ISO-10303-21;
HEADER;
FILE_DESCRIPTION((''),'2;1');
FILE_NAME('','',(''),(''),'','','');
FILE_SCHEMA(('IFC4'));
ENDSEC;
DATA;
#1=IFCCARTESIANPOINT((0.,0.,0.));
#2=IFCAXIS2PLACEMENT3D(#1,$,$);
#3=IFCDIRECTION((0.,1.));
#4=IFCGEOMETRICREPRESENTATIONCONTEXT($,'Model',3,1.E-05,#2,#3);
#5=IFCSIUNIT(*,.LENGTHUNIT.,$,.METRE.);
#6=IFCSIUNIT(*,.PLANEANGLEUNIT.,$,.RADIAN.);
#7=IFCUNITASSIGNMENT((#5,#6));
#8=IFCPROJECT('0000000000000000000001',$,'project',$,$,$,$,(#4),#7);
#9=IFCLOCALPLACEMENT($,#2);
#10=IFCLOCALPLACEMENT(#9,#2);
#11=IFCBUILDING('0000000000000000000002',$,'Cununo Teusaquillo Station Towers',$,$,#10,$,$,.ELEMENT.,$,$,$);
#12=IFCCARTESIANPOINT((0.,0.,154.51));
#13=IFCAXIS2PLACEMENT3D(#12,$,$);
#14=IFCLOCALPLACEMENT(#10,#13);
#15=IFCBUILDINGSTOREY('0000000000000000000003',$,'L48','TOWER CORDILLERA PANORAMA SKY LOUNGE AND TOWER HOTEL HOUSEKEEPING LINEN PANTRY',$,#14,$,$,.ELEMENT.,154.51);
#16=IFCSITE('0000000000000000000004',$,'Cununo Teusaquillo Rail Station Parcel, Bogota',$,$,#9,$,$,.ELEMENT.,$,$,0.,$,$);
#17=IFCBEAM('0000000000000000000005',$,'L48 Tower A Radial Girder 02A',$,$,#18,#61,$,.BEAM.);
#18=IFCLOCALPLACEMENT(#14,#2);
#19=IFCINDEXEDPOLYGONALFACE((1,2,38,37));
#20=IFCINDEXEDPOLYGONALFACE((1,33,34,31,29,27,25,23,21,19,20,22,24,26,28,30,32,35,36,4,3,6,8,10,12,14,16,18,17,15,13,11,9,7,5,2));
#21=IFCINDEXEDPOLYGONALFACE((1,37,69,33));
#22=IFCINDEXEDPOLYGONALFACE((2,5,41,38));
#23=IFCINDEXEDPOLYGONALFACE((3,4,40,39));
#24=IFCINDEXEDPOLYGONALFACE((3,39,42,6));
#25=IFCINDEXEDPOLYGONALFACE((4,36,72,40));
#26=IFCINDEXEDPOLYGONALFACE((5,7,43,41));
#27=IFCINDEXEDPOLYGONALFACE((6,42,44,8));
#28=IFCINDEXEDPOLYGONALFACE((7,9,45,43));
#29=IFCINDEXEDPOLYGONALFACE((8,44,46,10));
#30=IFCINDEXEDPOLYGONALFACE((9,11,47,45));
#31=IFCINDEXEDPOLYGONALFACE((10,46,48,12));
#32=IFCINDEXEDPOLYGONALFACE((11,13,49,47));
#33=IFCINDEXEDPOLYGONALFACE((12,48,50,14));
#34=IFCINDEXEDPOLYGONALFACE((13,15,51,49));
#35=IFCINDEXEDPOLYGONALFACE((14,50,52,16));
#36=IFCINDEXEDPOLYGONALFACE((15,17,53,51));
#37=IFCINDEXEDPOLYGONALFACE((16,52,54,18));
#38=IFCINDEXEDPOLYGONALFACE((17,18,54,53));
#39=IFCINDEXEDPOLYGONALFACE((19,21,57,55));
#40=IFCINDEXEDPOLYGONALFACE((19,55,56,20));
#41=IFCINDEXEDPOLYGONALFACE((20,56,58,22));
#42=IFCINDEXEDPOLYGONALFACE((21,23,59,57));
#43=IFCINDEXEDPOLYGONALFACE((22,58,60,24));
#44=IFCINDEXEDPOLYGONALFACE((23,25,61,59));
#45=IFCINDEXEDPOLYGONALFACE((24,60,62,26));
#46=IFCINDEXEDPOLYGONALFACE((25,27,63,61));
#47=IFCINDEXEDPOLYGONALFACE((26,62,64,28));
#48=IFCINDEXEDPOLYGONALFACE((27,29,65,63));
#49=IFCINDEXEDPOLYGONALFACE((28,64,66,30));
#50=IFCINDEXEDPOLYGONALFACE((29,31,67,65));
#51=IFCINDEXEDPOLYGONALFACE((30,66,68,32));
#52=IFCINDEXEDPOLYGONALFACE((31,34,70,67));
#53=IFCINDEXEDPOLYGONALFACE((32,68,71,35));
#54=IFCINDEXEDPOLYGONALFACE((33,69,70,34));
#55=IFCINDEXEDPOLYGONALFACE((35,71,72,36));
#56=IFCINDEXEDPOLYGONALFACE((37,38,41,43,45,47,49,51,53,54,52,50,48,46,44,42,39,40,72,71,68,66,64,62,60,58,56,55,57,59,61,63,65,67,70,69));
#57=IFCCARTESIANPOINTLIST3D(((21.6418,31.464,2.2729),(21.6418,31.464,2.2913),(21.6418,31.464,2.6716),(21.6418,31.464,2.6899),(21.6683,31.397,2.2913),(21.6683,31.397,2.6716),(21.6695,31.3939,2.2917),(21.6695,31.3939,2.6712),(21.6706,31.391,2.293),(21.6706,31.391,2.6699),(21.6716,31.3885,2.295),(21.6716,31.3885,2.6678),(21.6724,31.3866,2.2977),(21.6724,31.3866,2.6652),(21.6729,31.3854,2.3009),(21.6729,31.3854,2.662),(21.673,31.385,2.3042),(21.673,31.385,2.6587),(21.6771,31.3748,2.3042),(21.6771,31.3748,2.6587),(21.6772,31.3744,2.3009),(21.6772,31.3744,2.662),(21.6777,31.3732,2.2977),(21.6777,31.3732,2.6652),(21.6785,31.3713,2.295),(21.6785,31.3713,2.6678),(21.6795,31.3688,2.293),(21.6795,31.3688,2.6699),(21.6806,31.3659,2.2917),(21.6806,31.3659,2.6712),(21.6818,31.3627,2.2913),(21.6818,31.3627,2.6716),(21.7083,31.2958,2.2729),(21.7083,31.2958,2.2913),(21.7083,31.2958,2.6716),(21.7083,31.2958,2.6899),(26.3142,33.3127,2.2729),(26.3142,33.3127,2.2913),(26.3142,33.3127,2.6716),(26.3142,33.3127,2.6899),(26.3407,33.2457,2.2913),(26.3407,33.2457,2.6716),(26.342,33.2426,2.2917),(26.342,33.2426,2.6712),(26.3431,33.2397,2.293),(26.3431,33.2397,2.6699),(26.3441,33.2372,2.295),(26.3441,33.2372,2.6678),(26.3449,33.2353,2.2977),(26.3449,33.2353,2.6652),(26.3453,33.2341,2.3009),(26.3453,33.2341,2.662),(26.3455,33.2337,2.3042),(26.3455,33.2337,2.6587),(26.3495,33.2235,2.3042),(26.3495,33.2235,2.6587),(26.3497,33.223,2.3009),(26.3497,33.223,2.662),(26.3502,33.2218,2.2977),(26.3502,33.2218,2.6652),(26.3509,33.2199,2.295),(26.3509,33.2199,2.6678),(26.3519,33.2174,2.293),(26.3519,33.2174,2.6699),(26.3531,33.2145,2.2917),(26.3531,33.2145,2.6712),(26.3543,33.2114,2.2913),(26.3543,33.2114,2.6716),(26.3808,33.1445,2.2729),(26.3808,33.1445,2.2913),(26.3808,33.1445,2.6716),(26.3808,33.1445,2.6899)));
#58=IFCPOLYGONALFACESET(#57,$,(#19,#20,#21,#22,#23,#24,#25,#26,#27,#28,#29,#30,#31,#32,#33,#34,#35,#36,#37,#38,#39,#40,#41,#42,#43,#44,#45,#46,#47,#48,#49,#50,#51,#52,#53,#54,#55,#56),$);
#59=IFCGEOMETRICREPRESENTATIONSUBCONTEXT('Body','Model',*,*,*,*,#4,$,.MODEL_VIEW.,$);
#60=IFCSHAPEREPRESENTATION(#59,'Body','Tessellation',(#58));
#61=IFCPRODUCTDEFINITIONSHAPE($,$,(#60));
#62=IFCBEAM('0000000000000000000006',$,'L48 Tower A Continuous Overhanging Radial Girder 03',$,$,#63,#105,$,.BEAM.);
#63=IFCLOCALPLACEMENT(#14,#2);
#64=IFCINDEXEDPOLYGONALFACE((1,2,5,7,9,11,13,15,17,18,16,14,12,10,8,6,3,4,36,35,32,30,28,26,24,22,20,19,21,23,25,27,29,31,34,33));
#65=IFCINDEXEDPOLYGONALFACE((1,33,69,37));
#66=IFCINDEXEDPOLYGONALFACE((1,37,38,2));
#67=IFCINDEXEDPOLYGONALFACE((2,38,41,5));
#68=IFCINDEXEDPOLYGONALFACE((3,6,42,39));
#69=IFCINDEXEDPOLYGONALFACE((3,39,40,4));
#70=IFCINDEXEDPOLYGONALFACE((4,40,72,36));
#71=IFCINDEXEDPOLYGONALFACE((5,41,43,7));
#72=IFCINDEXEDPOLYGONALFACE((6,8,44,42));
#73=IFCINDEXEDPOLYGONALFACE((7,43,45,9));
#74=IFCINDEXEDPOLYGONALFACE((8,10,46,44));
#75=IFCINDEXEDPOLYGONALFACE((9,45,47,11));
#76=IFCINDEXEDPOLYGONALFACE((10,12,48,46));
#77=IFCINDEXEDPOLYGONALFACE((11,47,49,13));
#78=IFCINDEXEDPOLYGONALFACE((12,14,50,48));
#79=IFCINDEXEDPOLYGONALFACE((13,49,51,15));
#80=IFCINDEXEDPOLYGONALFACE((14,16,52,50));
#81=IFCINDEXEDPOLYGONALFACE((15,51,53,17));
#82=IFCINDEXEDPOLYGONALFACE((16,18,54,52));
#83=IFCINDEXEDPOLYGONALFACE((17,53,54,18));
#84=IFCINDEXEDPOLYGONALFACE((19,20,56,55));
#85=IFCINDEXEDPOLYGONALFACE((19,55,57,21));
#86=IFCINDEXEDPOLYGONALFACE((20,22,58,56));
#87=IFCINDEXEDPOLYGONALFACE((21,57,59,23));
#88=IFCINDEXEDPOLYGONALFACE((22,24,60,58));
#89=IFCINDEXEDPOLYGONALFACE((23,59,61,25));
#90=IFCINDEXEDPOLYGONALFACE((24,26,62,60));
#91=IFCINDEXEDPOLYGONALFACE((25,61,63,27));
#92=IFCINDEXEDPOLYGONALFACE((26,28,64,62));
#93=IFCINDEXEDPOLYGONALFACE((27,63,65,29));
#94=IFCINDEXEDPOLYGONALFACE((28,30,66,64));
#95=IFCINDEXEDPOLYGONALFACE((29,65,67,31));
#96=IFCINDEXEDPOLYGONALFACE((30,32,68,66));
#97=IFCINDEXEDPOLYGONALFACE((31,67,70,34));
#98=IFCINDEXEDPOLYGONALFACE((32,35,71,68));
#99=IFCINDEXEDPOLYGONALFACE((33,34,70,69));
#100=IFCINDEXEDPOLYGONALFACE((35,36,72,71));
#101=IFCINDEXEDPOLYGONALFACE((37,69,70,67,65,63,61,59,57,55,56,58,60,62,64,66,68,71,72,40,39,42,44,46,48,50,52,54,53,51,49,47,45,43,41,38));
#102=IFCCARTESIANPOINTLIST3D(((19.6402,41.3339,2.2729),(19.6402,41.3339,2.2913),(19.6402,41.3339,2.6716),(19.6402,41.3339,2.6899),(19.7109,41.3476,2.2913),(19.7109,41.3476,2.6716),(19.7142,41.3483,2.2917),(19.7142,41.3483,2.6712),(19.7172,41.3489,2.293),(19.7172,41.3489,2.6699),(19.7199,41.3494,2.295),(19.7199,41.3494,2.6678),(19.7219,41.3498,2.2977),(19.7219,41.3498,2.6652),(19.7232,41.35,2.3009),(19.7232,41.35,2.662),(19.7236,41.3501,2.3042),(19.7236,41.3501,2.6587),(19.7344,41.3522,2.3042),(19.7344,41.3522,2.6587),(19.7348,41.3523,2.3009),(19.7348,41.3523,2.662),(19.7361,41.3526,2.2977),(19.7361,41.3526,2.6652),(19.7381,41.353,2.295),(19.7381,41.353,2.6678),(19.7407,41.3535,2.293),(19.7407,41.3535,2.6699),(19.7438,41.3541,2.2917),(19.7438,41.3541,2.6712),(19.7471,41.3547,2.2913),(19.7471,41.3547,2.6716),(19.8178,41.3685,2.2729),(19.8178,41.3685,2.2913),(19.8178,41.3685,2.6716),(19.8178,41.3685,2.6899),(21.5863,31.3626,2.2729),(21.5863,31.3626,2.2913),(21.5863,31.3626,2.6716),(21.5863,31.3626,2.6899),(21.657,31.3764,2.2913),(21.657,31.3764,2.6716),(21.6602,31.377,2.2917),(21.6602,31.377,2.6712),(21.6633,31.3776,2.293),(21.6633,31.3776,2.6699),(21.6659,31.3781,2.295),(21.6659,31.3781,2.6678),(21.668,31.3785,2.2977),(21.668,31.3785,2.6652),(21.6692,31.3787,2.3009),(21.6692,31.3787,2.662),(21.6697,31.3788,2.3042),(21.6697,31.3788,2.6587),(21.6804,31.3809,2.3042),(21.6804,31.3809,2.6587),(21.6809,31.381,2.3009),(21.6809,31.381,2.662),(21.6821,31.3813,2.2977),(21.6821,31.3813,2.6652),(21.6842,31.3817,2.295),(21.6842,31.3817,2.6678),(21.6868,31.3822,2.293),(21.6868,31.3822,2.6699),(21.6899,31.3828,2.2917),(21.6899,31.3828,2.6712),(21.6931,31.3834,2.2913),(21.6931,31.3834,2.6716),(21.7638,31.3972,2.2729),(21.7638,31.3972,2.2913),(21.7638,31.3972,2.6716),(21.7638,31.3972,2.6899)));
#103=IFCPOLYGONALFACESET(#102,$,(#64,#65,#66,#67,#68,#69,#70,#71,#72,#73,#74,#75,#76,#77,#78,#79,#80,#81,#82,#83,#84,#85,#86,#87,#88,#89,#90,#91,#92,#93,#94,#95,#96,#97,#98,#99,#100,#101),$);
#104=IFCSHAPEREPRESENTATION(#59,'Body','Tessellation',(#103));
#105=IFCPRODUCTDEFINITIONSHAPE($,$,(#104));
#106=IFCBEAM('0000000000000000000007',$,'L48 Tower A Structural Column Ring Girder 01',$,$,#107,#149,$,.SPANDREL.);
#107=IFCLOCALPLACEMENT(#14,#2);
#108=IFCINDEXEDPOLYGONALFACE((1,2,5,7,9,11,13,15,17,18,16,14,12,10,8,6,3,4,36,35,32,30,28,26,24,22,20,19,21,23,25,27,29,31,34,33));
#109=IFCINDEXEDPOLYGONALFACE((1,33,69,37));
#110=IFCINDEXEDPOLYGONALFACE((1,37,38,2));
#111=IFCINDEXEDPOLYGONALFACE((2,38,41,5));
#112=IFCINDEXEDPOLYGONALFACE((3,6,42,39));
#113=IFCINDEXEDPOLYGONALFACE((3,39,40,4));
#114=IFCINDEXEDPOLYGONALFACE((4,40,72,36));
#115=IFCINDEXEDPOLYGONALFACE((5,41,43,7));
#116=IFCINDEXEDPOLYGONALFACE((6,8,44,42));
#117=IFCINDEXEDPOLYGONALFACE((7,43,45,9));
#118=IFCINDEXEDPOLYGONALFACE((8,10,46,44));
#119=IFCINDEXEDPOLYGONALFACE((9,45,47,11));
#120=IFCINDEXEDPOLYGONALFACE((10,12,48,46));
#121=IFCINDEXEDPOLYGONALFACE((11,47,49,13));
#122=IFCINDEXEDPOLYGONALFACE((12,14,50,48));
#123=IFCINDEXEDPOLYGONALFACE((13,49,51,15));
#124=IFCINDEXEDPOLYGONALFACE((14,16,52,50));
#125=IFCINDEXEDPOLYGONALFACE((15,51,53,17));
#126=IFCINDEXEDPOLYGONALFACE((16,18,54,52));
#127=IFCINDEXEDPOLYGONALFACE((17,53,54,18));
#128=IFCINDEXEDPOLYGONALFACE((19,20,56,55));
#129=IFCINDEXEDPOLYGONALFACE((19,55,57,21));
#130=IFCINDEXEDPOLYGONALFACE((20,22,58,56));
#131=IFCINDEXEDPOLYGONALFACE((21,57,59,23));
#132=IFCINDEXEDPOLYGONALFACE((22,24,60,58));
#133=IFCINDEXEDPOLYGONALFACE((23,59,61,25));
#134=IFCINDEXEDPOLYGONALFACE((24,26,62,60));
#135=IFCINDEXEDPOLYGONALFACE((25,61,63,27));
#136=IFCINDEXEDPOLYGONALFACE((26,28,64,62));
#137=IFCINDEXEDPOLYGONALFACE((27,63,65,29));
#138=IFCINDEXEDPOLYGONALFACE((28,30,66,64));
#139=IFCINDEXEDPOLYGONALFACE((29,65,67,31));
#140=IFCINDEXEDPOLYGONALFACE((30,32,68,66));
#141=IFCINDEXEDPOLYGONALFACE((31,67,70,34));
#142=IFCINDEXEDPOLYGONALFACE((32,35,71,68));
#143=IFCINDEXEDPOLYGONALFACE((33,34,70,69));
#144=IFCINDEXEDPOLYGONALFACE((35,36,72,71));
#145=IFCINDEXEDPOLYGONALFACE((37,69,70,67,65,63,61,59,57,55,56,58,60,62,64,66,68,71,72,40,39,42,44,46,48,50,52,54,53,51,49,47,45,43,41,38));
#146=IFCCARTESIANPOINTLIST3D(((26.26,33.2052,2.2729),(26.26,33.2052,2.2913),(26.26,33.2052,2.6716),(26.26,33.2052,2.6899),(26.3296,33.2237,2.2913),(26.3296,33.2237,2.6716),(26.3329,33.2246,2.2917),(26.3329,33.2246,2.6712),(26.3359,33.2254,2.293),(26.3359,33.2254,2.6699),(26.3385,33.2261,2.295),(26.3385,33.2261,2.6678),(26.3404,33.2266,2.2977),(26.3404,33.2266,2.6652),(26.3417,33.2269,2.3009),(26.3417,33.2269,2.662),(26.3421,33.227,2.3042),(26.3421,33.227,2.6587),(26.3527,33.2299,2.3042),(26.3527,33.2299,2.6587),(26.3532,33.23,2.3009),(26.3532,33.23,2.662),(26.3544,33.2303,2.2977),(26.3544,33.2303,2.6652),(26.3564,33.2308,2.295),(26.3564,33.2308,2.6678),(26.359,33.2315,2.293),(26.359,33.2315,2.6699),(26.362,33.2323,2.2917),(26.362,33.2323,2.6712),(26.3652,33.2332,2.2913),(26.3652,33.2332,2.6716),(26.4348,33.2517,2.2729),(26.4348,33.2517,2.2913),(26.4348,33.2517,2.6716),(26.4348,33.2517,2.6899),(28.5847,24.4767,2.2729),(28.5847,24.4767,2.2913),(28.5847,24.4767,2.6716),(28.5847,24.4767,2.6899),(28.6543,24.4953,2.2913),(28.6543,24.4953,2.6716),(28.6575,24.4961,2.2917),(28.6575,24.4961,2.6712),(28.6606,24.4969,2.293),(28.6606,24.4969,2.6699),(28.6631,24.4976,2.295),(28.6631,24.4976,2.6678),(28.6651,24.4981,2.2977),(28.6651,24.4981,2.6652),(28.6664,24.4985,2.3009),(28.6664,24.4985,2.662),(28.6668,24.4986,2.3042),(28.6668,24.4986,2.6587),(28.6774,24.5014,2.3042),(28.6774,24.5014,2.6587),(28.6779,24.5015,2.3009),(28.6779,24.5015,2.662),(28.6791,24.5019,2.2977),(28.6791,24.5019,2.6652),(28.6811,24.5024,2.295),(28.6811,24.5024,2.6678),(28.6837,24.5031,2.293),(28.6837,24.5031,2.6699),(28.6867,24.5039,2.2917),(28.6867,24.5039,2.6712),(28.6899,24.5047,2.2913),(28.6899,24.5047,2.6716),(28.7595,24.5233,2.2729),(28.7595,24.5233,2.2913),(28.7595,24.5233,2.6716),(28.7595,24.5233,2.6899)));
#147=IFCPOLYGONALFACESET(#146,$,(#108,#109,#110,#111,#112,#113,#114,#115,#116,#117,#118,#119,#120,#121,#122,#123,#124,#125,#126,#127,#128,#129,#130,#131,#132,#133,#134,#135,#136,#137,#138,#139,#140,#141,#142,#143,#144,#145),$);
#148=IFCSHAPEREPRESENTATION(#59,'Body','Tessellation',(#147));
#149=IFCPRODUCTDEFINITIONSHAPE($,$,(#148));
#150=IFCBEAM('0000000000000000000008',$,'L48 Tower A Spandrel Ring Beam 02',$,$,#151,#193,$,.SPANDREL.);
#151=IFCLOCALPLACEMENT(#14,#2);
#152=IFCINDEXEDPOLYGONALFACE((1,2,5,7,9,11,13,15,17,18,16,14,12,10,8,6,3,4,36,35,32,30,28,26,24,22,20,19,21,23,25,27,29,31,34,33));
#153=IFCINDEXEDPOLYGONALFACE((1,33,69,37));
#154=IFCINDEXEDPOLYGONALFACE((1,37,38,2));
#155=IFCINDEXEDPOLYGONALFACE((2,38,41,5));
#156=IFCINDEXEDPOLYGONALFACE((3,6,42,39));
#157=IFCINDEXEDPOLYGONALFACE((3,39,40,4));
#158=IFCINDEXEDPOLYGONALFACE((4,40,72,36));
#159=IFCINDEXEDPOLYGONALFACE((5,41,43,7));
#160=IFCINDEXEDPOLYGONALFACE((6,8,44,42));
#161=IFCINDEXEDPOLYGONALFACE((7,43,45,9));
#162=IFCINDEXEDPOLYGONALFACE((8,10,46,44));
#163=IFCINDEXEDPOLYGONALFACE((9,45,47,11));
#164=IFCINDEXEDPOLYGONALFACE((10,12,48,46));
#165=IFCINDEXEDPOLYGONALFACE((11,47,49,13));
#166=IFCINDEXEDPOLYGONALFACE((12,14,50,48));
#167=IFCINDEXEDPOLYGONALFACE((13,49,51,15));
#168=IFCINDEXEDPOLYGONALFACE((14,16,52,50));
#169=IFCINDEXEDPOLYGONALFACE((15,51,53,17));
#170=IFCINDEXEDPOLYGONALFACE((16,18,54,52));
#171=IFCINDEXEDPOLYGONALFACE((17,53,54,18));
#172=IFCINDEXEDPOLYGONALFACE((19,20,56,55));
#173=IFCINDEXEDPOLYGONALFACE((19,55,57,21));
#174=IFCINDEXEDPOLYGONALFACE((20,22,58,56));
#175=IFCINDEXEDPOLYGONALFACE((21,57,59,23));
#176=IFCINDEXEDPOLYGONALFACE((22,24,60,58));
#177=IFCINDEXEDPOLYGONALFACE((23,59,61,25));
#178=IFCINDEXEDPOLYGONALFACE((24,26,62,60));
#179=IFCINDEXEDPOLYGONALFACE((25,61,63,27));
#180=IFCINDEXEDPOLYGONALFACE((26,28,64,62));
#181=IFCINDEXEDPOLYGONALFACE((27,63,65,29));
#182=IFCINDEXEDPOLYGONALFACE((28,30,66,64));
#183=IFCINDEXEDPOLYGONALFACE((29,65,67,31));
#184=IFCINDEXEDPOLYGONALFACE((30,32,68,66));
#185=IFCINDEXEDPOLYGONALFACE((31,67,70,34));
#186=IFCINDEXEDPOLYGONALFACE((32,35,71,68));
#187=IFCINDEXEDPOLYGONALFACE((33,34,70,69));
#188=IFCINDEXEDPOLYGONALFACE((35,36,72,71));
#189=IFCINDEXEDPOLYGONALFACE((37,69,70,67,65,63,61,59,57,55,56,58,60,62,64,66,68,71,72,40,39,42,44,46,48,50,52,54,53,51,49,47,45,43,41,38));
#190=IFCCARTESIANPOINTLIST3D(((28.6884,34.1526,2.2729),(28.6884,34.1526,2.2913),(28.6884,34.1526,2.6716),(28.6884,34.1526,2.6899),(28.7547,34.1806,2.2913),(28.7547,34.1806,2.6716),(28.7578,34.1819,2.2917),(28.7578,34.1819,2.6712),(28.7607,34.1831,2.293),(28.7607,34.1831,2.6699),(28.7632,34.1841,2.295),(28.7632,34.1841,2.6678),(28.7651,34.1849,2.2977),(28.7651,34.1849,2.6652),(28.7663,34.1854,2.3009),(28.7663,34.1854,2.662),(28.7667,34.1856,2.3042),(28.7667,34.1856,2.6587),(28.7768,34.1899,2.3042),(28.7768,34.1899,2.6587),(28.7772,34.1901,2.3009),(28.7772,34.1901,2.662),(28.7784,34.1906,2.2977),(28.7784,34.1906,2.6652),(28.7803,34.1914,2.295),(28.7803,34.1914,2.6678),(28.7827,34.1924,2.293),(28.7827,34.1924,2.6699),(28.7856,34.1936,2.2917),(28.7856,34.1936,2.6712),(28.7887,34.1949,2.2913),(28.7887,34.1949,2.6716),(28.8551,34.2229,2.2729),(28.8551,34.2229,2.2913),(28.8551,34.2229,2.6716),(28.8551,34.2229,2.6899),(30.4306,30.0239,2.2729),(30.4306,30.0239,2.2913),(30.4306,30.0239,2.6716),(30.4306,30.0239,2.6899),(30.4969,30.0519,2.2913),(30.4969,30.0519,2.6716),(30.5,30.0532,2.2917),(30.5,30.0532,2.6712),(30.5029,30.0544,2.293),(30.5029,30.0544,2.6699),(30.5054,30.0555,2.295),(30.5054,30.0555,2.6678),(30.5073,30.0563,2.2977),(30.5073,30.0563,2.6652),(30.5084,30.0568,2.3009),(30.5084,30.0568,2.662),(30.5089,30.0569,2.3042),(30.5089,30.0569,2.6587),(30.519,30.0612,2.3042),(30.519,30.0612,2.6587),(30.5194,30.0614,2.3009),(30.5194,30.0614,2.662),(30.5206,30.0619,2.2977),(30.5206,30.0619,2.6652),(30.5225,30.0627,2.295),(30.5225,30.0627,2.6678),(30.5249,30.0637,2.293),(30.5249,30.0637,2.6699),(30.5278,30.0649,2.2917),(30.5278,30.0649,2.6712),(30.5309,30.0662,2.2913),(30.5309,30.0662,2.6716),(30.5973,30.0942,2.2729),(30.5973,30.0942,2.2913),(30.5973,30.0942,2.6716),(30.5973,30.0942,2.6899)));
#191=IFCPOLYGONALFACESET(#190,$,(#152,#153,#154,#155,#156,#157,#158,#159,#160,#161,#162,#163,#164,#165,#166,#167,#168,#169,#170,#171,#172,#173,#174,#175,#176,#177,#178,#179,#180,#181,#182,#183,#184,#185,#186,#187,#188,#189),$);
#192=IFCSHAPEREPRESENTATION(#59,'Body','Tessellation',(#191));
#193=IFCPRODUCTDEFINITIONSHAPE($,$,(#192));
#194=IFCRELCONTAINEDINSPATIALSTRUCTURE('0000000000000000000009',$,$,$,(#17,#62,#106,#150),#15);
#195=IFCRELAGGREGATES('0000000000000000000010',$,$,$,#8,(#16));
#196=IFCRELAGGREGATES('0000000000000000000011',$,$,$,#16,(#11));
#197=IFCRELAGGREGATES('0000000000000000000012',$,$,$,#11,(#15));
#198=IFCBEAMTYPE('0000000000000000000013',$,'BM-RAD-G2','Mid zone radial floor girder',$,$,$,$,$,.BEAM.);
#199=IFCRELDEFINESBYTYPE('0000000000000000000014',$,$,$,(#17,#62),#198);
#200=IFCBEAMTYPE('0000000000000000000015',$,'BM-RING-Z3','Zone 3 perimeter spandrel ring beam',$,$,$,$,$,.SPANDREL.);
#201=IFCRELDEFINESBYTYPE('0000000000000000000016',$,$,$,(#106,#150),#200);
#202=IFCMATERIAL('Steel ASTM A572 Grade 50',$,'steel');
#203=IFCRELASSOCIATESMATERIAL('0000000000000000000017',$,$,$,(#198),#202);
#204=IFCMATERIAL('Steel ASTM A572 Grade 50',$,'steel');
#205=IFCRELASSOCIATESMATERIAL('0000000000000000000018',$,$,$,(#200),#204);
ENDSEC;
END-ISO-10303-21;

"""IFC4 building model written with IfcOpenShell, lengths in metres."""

from ifc_helpers import new_model, si_unit, direction, frame, origin, origin_2d, place, context, subcontext, project, spatial, i_section, extrude, material, material_profile, profile_set, type_object, element, save


model = new_model("IFC4")

# Units and contexts
model_context = context("Model", 3, precision=1e-05, world=origin(), true_north=direction((0.0, 1.0)))
body_context = subcontext(model_context, "Body", "Model", "MODEL_VIEW")
ifc_project = project(units=[si_unit("LENGTHUNIT", "METRE"), si_unit("PLANEANGLEUNIT", "RADIAN")], contexts=[model_context])

# Site, building, storey
site_placement = place(None, origin())
site = spatial("IfcSite", under=ifc_project, at=site_placement, Name="Cununo Teusaquillo Rail Station Parcel, Bogota", CompositionType="ELEMENT", RefElevation=0.0)
building_placement = place(site_placement, origin())
building = spatial("IfcBuilding", under=site, at=building_placement, Name="Cununo Teusaquillo Station Towers", CompositionType="ELEMENT")
storey_placement = place(building_placement, frame((0.0, 0.0, 154.51)))
storey = spatial("IfcBuildingStorey", under=building, at=storey_placement, Name="L48", Description="TOWER CORDILLERA PANORAMA SKY LOUNGE AND TOWER HOTEL HOUSEKEEPING LINEN PANTRY", CompositionType="ELEMENT", Elevation=154.51)

# Beams
ifc_material_1 = material(Name="Steel ASTM A572 Grade 50", Category="steel")
ifc_material_profile_1 = material_profile(ifc_material_1, i_section(OverallWidth=0.1809, OverallDepth=0.417, WebThickness=0.011, FlangeThickness=0.0183, FilletRadius=0.0129, at=origin_2d()), Name="W16X57")
ifc_profile_set_1 = profile_set([ifc_material_profile_1], Name="Steel ASTM A572 Grade 50")
beam_type_1 = type_object("IfcBeamType", Name="BM-RAD-G2", Description="Mid zone radial floor girder", PredefinedType="BEAM", material=ifc_profile_set_1)
beam_1_placement = place(storey_placement, frame((21.675, 31.3799, 2.4814), z_axis=(0.929864, 0.367903, 0.0), x_axis=(-0.367903, 0.929864, 0.0)))
element("IfcBeam", 1, at=beam_1_placement, inside=storey, type_object=beam_type_1, Name="L48 Tower A Radial Girder 02A", PredefinedType="BEAM", context=body_context, shape_type="SweptSolid", body=[
    extrude(i_section(OverallWidth=0.1809, OverallDepth=0.417, WebThickness=0.011, FlangeThickness=0.0183, FilletRadius=0.0129, at=origin_2d()), origin(), (0.0, 0.0, 1.0), 5.0249),
])
beam_2_placement = place(storey_placement, frame((21.675, 31.3799, 2.4814), z_axis=(-0.191553, 0.981482, 0.0), x_axis=(-0.981482, -0.191553, 0.0)))
element("IfcBeam", 2, at=beam_2_placement, inside=storey, type_object=beam_type_1, Name="L48 Tower A Continuous Overhanging Radial Girder 03", PredefinedType="BEAM", context=body_context, shape_type="SweptSolid", body=[
    extrude(i_section(OverallWidth=0.1809, OverallDepth=0.417, WebThickness=0.011, FlangeThickness=0.0183, FilletRadius=0.0129, at=origin_2d()), origin(), (0.0, 0.0, 1.0), 10.1594),
])
ifc_material_2 = material(Name="Steel ASTM A572 Grade 50", Category="steel")
ifc_material_profile_2 = material_profile(ifc_material_2, i_section(OverallWidth=0.1809, OverallDepth=0.417, WebThickness=0.011, FlangeThickness=0.0183, FilletRadius=0.0129, at=origin_2d()), Name="W16X57")
ifc_profile_set_2 = profile_set([ifc_material_profile_2], Name="Steel ASTM A572 Grade 50")
beam_type_2 = type_object("IfcBeamType", Name="BM-RING-Z3", Description="Zone 3 perimeter spandrel ring beam", PredefinedType="SPANDREL", material=ifc_profile_set_2)
beam_3_placement = place(storey_placement, frame((28.6721, 24.5, 2.4814), z_axis=(-0.257363, 0.966315, 0.0), x_axis=(-0.966315, -0.257363, 0.0)))
element("IfcBeam", 3, at=beam_3_placement, inside=storey, type_object=beam_type_2, Name="L48 Tower A Structural Column Ring Girder 01", PredefinedType="SPANDREL", context=body_context, shape_type="SweptSolid", body=[
    extrude(i_section(OverallWidth=0.1809, OverallDepth=0.417, WebThickness=0.011, FlangeThickness=0.0183, FilletRadius=0.0129, at=origin_2d()), origin(), (0.0, 0.0, 1.0), 9.0327),
])
beam_4_placement = place(storey_placement, frame((30.5139, 30.0591, 2.4814), z_axis=(-0.388778, 0.921332, 0.0), x_axis=(-0.921332, -0.388778, 0.0)))
element("IfcBeam", 4, at=beam_4_placement, inside=storey, type_object=beam_type_2, Name="L48 Tower A Spandrel Ring Beam 02", PredefinedType="SPANDREL", context=body_context, shape_type="SweptSolid", body=[
    extrude(i_section(OverallWidth=0.1809, OverallDepth=0.417, WebThickness=0.011, FlangeThickness=0.0183, FilletRadius=0.0129, at=origin_2d()), origin(), (0.0, 0.0, 1.0), 4.4812),
])

save(model, "model.ifc")
